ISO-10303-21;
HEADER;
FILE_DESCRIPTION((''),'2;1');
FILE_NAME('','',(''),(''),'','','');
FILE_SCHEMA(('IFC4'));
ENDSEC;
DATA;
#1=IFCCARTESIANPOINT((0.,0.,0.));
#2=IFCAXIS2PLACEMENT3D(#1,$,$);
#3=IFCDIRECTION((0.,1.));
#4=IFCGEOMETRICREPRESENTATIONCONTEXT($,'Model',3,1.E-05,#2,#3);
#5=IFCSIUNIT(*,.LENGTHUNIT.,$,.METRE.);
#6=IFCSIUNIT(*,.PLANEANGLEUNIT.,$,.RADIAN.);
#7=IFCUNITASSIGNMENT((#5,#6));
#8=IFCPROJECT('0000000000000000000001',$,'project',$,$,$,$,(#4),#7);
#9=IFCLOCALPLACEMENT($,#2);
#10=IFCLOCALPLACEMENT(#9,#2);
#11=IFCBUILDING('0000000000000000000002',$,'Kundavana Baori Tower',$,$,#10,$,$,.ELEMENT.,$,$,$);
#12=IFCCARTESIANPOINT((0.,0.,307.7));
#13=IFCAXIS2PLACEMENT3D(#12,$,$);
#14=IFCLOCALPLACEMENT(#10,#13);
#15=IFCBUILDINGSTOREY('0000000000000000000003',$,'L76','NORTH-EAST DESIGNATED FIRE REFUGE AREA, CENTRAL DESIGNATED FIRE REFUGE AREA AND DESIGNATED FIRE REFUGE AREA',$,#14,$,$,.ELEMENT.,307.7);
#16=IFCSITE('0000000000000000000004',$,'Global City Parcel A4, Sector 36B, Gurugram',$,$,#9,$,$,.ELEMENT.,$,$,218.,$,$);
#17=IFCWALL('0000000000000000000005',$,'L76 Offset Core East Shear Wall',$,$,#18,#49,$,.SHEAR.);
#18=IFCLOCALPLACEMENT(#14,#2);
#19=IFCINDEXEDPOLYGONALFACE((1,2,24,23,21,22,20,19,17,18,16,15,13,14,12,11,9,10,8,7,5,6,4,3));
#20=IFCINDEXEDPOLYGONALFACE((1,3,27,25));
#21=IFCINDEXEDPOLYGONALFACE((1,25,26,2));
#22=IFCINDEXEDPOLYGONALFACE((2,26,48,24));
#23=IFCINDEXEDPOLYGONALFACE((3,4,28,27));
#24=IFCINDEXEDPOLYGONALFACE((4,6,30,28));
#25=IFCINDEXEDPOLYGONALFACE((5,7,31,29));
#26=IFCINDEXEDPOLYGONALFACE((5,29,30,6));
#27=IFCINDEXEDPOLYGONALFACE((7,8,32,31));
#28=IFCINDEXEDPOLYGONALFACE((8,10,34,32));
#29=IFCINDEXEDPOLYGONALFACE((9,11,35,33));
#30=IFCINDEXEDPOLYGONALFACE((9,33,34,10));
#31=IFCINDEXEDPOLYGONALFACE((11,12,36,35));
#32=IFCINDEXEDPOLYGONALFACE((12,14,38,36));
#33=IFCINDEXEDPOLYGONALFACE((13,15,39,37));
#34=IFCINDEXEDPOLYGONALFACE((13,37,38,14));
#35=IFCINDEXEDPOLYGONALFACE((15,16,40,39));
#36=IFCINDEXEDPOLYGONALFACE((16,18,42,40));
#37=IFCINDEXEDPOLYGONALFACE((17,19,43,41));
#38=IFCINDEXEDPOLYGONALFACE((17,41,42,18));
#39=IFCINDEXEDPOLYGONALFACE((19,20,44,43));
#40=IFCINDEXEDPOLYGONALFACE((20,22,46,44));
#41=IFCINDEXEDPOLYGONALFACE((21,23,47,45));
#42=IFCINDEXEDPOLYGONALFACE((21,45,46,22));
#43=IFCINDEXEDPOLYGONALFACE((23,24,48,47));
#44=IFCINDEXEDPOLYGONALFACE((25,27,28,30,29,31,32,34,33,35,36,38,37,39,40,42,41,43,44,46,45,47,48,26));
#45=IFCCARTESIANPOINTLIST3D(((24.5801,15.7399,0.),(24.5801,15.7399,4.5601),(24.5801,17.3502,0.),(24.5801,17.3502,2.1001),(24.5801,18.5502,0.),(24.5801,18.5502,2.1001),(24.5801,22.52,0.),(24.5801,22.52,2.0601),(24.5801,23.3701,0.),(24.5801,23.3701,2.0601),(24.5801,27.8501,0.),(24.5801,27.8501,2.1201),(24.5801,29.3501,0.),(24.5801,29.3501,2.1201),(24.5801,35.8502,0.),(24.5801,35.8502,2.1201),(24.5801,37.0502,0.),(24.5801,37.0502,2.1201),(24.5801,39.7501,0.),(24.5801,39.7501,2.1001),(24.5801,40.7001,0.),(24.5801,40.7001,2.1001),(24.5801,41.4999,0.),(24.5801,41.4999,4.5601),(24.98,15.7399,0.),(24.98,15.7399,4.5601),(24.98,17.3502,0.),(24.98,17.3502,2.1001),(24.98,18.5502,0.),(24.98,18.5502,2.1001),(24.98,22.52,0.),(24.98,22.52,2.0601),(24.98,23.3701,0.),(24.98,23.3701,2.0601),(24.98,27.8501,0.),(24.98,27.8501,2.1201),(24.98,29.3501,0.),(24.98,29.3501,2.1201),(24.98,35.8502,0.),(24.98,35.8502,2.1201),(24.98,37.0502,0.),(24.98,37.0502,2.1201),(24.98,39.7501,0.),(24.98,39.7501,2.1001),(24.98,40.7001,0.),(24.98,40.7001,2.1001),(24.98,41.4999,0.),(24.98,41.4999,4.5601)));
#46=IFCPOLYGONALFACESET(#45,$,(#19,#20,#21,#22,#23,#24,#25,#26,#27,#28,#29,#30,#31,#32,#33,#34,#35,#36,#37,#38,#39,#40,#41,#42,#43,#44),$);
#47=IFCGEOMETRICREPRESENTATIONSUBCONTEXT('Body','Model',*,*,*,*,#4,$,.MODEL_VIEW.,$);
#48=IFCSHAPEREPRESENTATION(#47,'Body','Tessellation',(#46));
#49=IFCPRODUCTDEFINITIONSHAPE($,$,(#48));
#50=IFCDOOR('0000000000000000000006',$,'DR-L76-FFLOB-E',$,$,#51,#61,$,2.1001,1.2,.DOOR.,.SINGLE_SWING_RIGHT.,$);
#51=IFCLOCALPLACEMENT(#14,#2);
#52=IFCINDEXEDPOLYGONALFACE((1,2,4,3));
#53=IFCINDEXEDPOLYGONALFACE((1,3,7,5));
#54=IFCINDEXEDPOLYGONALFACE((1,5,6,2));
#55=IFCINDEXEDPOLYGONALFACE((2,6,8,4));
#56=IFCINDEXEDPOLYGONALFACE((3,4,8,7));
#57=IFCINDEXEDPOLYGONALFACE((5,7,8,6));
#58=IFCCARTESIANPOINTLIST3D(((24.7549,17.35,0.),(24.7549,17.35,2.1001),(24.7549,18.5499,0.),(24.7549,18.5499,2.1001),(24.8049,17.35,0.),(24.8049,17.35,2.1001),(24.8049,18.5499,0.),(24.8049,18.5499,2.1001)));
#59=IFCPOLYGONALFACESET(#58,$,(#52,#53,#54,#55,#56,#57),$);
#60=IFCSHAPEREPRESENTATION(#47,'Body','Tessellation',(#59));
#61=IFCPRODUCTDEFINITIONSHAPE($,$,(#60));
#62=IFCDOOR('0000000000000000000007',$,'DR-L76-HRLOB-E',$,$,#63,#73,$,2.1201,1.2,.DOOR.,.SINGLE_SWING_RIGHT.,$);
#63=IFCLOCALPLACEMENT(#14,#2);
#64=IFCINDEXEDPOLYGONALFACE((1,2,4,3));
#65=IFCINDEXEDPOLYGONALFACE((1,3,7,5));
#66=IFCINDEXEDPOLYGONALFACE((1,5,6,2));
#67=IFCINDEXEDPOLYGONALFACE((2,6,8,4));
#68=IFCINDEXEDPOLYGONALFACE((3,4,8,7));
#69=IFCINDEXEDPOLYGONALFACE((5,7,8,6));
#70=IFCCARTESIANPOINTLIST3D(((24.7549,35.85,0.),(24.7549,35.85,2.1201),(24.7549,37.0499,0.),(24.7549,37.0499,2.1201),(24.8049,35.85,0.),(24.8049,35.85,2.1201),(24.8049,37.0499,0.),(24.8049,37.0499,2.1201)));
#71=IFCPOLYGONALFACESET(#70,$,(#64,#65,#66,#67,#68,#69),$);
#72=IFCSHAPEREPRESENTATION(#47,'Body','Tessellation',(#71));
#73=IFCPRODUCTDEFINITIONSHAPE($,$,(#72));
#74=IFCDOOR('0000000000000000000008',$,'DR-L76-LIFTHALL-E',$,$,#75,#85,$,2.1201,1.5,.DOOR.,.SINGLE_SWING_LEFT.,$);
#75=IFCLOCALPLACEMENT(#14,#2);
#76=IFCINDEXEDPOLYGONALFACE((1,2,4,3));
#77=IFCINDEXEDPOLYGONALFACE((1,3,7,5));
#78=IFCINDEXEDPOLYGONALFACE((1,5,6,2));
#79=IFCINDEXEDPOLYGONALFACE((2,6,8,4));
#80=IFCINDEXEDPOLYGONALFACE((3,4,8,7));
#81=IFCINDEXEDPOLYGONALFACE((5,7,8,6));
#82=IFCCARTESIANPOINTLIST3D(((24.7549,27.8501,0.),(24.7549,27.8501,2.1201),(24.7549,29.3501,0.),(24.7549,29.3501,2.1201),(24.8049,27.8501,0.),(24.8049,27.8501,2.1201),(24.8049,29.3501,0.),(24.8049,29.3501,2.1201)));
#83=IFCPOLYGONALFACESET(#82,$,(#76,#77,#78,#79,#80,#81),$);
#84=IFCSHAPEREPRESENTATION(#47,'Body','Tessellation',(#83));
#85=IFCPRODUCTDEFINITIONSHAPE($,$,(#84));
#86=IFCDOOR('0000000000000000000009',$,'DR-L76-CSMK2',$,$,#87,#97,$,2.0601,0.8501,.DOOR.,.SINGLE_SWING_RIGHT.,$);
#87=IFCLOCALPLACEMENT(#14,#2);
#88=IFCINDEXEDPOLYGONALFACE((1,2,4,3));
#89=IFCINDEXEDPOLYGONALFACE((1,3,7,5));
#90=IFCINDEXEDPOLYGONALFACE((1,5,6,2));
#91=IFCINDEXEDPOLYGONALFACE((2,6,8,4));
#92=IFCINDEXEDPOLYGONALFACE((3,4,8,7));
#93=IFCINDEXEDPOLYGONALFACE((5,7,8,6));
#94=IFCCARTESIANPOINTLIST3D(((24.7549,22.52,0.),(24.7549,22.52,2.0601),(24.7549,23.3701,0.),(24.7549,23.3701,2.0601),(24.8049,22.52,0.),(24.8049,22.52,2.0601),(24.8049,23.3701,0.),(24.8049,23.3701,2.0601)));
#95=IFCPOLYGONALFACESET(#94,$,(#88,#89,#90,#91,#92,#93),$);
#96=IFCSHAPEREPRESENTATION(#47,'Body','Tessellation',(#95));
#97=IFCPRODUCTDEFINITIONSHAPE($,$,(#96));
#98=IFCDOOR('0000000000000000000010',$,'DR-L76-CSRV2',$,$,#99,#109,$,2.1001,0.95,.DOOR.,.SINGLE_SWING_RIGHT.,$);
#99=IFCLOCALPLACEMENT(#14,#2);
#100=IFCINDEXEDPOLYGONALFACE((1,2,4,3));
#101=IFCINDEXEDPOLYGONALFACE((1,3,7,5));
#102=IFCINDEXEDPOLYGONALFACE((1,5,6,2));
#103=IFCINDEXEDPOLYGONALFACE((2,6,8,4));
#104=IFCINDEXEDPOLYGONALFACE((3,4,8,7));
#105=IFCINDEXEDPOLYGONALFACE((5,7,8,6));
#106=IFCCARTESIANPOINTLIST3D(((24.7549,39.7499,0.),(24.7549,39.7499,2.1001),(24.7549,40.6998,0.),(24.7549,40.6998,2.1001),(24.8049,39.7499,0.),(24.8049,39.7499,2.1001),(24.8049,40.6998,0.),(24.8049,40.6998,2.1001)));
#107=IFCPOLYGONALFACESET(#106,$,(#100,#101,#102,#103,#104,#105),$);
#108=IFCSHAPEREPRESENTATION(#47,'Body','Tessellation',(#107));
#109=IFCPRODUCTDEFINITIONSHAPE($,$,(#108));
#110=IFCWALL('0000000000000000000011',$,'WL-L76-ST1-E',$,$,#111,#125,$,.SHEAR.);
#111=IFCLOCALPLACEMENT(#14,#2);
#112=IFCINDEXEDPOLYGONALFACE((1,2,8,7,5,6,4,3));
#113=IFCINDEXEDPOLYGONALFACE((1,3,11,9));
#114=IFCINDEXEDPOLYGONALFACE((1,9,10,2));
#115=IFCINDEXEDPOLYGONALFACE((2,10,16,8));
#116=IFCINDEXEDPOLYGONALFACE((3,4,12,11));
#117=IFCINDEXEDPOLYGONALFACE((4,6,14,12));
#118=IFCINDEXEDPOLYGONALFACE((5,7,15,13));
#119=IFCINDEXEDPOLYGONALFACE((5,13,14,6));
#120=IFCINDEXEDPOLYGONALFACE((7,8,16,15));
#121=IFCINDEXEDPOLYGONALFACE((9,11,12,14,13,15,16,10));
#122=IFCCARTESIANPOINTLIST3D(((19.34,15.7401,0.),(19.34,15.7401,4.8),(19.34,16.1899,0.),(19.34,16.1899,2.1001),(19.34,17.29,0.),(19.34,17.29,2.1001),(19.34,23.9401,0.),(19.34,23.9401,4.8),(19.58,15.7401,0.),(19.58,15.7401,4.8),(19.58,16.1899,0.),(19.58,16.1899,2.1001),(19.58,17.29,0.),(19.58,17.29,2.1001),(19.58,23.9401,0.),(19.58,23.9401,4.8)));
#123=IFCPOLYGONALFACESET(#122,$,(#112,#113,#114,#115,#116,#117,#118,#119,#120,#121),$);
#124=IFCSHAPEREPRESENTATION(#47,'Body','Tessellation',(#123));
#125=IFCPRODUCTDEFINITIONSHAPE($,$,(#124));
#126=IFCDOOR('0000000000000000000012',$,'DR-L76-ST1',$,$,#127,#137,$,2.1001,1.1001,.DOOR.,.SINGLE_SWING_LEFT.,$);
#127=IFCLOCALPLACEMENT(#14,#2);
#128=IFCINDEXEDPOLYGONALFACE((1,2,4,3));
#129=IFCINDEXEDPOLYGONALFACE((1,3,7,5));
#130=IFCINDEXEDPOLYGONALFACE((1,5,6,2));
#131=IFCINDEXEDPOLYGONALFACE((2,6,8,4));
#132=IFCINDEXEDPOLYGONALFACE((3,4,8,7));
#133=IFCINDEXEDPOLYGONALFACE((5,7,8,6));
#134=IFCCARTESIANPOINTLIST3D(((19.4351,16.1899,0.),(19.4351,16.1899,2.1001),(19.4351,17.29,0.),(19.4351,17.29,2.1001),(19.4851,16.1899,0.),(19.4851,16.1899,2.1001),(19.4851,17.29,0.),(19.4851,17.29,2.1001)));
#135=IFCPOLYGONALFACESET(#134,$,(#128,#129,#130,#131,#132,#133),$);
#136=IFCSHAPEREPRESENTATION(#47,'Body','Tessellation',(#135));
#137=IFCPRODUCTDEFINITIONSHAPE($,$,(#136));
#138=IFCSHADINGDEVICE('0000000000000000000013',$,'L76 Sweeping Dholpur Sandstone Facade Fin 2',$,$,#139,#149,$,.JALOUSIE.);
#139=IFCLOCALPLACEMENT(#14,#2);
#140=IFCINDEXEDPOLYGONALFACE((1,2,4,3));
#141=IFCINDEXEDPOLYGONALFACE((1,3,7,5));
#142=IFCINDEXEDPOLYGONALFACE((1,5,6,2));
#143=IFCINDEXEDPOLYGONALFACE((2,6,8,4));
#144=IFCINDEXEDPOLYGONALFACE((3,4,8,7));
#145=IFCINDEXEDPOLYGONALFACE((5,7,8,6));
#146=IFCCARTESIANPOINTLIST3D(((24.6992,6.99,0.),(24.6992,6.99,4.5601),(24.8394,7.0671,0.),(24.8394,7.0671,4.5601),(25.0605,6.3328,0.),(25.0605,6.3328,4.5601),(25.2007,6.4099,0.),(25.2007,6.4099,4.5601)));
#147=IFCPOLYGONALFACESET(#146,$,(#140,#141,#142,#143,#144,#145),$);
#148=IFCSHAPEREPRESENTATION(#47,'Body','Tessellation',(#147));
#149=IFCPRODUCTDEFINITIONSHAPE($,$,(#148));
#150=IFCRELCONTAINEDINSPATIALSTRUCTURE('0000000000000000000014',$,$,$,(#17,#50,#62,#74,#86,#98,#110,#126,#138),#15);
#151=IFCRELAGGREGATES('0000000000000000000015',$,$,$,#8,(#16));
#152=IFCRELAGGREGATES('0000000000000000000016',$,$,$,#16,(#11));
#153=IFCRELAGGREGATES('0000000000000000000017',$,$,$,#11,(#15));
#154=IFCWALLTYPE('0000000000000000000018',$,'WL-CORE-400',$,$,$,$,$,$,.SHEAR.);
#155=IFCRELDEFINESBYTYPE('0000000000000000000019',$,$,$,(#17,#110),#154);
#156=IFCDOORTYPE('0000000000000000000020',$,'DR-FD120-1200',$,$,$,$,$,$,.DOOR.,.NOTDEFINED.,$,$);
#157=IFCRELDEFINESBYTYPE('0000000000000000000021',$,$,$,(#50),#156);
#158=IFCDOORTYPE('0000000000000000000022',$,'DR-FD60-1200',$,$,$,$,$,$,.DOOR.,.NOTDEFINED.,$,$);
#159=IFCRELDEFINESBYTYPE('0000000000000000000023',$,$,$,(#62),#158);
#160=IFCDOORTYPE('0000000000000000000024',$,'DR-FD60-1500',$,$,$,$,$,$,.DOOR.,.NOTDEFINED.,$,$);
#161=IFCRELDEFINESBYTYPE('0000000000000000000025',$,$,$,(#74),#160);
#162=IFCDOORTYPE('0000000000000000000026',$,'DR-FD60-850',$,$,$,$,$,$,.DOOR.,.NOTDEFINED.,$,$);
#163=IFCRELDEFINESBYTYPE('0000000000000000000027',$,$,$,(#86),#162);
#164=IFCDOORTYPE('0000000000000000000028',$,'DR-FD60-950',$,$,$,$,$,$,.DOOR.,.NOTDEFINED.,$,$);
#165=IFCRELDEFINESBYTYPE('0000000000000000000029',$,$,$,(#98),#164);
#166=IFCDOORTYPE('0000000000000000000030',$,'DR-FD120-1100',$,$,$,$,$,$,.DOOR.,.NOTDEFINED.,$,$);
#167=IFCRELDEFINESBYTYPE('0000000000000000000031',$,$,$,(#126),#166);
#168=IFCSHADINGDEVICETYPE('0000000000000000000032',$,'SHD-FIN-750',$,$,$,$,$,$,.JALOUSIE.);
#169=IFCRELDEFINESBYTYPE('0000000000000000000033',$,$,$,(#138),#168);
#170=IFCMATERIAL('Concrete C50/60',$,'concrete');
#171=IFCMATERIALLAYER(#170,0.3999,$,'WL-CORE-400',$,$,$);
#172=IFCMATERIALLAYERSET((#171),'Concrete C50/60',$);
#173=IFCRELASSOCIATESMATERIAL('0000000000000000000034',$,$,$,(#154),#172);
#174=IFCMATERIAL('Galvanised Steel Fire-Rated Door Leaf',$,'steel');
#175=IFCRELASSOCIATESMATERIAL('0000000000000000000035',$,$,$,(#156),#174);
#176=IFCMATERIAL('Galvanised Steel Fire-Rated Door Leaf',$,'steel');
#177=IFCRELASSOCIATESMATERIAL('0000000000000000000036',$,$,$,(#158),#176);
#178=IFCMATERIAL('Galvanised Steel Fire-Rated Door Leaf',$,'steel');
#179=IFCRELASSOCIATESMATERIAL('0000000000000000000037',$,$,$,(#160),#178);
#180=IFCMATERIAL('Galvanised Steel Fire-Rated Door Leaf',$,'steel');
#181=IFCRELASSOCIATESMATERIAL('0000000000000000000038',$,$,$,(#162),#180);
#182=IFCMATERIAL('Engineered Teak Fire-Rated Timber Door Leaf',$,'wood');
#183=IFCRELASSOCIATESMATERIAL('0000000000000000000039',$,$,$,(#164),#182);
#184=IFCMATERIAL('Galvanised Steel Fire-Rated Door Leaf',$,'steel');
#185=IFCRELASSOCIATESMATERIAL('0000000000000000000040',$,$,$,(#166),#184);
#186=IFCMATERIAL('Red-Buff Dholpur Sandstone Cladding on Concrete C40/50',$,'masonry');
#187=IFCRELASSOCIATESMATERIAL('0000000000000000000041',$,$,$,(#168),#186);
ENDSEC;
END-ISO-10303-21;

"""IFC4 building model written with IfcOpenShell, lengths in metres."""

from ifc_helpers import new_model, si_unit, direction, frame, frame_2d, origin, origin_2d, place, context, subcontext, project, spatial, rectangle, extrude, material, layer, layer_set, type_object, element, fill, save


model = new_model("IFC4")

# Units and contexts
model_context = context("Model", 3, precision=1e-05, world=origin(), true_north=direction((0.0, 1.0)))
body_context = subcontext(model_context, "Body", "Model", "MODEL_VIEW")
ifc_project = project(units=[si_unit("LENGTHUNIT", "METRE"), si_unit("PLANEANGLEUNIT", "RADIAN")], contexts=[model_context])

# Site, building, storey
site_placement = place(None, origin())
site = spatial("IfcSite", under=ifc_project, at=site_placement, Name="Global City Parcel A4, Sector 36B, Gurugram", CompositionType="ELEMENT", RefElevation=218.0)
building_placement = place(site_placement, origin())
building = spatial("IfcBuilding", under=site, at=building_placement, Name="Kundavana Baori Tower", CompositionType="ELEMENT")
storey_placement = place(building_placement, frame((0.0, 0.0, 307.7)))
storey = spatial("IfcBuildingStorey", under=building, at=storey_placement, Name="L76", Description="NORTH-EAST DESIGNATED FIRE REFUGE AREA, CENTRAL DESIGNATED FIRE REFUGE AREA AND DESIGNATED FIRE REFUGE AREA", CompositionType="ELEMENT", Elevation=307.7)

# Shared definitions
ifc_material_1 = material(Name="Concrete C50/60", Category="concrete")
ifc_layer_1 = layer(ifc_material_1, 0.3999, Name="WL-CORE-400")
ifc_layer_set_1 = layer_set([ifc_layer_1], Name="Concrete C50/60")
wall_type = type_object("IfcWallType", Name="WL-CORE-400", PredefinedType="SHEAR", material=ifc_layer_set_1)

# Wall, openings, doors
wall_1_placement = place(storey_placement, frame((24.78, 15.74, 0.0), z_axis=(0.0, 0.0, 1.0), x_axis=(0.0, 1.0, 0.0)))
wall_1 = element("IfcWall", 1, at=wall_1_placement, inside=storey, type_object=wall_type, Name="L76 Offset Core East Shear Wall", PredefinedType="SHEAR", context=body_context, shape_type="SweptSolid", body=[
    extrude(rectangle(XDim=25.76, YDim=0.3999, at=frame_2d((12.8799, 0.0))), origin(), (0.0, 0.0, 1.0), 4.5601),
])
opening_1_placement = place(wall_1_placement, frame((1.6101, 0.0, 0.0)))
opening_1 = element("IfcOpeningElement", 2, at=opening_1_placement, cuts=wall_1, PredefinedType="OPENING", context=body_context, shape_type="SweptSolid", body=[
    extrude(rectangle(XDim=1.2, YDim=2.1001, at=frame_2d((0.6001, 1.05))), frame((0.0, 0.21, 0.0), z_axis=(0.0, -1.0, 0.0), x_axis=(1.0, 0.0, 0.0)), (0.0, 0.0, 1.0), 0.4199),
])
opening_2_placement = place(wall_1_placement, frame((6.78, 0.0, 0.0)))
opening_2 = element("IfcOpeningElement", 3, at=opening_2_placement, cuts=wall_1, PredefinedType="OPENING", context=body_context, shape_type="SweptSolid", body=[
    extrude(rectangle(XDim=0.8501, YDim=2.0601, at=frame_2d((0.425, 1.03))), frame((0.0, 0.21, 0.0), z_axis=(0.0, -1.0, 0.0), x_axis=(1.0, 0.0, 0.0)), (0.0, 0.0, 1.0), 0.4199),
])
opening_3_placement = place(wall_1_placement, frame((12.1101, 0.0, 0.0)))
opening_3 = element("IfcOpeningElement", 4, at=opening_3_placement, cuts=wall_1, PredefinedType="OPENING", context=body_context, shape_type="SweptSolid", body=[
    extrude(rectangle(XDim=1.5, YDim=2.1201, at=frame_2d((0.75, 1.0601))), frame((0.0, 0.21, 0.0), z_axis=(0.0, -1.0, 0.0), x_axis=(1.0, 0.0, 0.0)), (0.0, 0.0, 1.0), 0.4199),
])
opening_4_placement = place(wall_1_placement, frame((20.1101, 0.0, 0.0)))
opening_4 = element("IfcOpeningElement", 5, at=opening_4_placement, cuts=wall_1, PredefinedType="OPENING", context=body_context, shape_type="SweptSolid", body=[
    extrude(rectangle(XDim=1.2, YDim=2.1201, at=frame_2d((0.6001, 1.0601))), frame((0.0, 0.21, 0.0), z_axis=(0.0, -1.0, 0.0), x_axis=(1.0, 0.0, 0.0)), (0.0, 0.0, 1.0), 0.4199),
])
opening_5_placement = place(wall_1_placement, frame((24.01, 0.0, 0.0)))
opening_5 = element("IfcOpeningElement", 6, at=opening_5_placement, cuts=wall_1, PredefinedType="OPENING", context=body_context, shape_type="SweptSolid", body=[
    extrude(rectangle(XDim=0.95, YDim=2.1001, at=frame_2d((0.4751, 1.05))), frame((0.0, 0.21, 0.0), z_axis=(0.0, -1.0, 0.0), x_axis=(1.0, 0.0, 0.0)), (0.0, 0.0, 1.0), 0.4199),
])
ifc_material_2 = material(Name="Galvanised Steel Fire-Rated Door Leaf", Category="steel")
door_type_1 = type_object("IfcDoorType", Name="DR-FD120-1200", OperationType="NOTDEFINED", PredefinedType="DOOR", material=ifc_material_2)
door_1_placement = place(opening_1_placement, frame((1.2, 0.0, 0.0), z_axis=(0.0, 0.0, 1.0), x_axis=(-1.0, 0.0, 0.0)))
door_1 = element("IfcDoor", 7, at=door_1_placement, inside=storey, type_object=door_type_1, Name="DR-L76-FFLOB-E", OperationType="SINGLE_SWING_RIGHT", OverallHeight=2.1001, OverallWidth=1.2, PredefinedType="DOOR", context=body_context, shape_type="SweptSolid", body=[
    extrude(rectangle(XDim=1.2, YDim=2.1001, at=frame_2d((0.6001, 1.05))), frame((0.0, 0.0249, 0.0), z_axis=(0.0, -1.0, 0.0), x_axis=(1.0, 0.0, 0.0)), (0.0, 0.0, 1.0), 0.05),
])
fill(opening_1, door_1)
ifc_material_3 = material(Name="Galvanised Steel Fire-Rated Door Leaf", Category="steel")
door_type_2 = type_object("IfcDoorType", Name="DR-FD60-1200", OperationType="NOTDEFINED", PredefinedType="DOOR", material=ifc_material_3)
door_2_placement = place(opening_4_placement, frame((1.2, 0.0, 0.0), z_axis=(0.0, 0.0, 1.0), x_axis=(-1.0, 0.0, 0.0)))
door_2 = element("IfcDoor", 8, at=door_2_placement, inside=storey, type_object=door_type_2, Name="DR-L76-HRLOB-E", OperationType="SINGLE_SWING_RIGHT", OverallHeight=2.1201, OverallWidth=1.2, PredefinedType="DOOR", context=body_context, shape_type="SweptSolid", body=[
    extrude(rectangle(XDim=1.2, YDim=2.1201, at=frame_2d((0.6001, 1.0601))), frame((0.0, 0.0249, 0.0), z_axis=(0.0, -1.0, 0.0), x_axis=(1.0, 0.0, 0.0)), (0.0, 0.0, 1.0), 0.05),
])
fill(opening_4, door_2)
ifc_material_4 = material(Name="Galvanised Steel Fire-Rated Door Leaf", Category="steel")
door_type_3 = type_object("IfcDoorType", Name="DR-FD60-1500", OperationType="NOTDEFINED", PredefinedType="DOOR", material=ifc_material_4)
door_3_placement = place(opening_3_placement, frame((1.5, 0.0, 0.0), z_axis=(0.0, 0.0, 1.0), x_axis=(-1.0, 0.0, 0.0)))
door_3 = element("IfcDoor", 9, at=door_3_placement, inside=storey, type_object=door_type_3, Name="DR-L76-LIFTHALL-E", OperationType="SINGLE_SWING_LEFT", OverallHeight=2.1201, OverallWidth=1.5, PredefinedType="DOOR", context=body_context, shape_type="SweptSolid", body=[
    extrude(rectangle(XDim=1.5, YDim=2.1201, at=frame_2d((0.75, 1.0601))), frame((0.0, 0.0249, 0.0), z_axis=(0.0, -1.0, 0.0), x_axis=(1.0, 0.0, 0.0)), (0.0, 0.0, 1.0), 0.05),
])
fill(opening_3, door_3)
ifc_material_5 = material(Name="Galvanised Steel Fire-Rated Door Leaf", Category="steel")
door_type_4 = type_object("IfcDoorType", Name="DR-FD60-850", OperationType="NOTDEFINED", PredefinedType="DOOR", material=ifc_material_5)
door_4_placement = place(opening_2_placement, frame((0.8501, 0.0, 0.0), z_axis=(0.0, 0.0, 1.0), x_axis=(-1.0, 0.0, 0.0)))
door_4 = element("IfcDoor", 10, at=door_4_placement, inside=storey, type_object=door_type_4, Name="DR-L76-CSMK2", OperationType="SINGLE_SWING_RIGHT", OverallHeight=2.0601, OverallWidth=0.8501, PredefinedType="DOOR", context=body_context, shape_type="SweptSolid", body=[
    extrude(rectangle(XDim=0.8501, YDim=2.0601, at=frame_2d((0.425, 1.03))), frame((0.0, 0.0249, 0.0), z_axis=(0.0, -1.0, 0.0), x_axis=(1.0, 0.0, 0.0)), (0.0, 0.0, 1.0), 0.05),
])
fill(opening_2, door_4)
ifc_material_6 = material(Name="Engineered Teak Fire-Rated Timber Door Leaf", Category="wood")
door_type_5 = type_object("IfcDoorType", Name="DR-FD60-950", OperationType="NOTDEFINED", PredefinedType="DOOR", material=ifc_material_6)
door_5_placement = place(opening_5_placement, frame((0.95, 0.0, 0.0), z_axis=(0.0, 0.0, 1.0), x_axis=(-1.0, 0.0, 0.0)))
door_5 = element("IfcDoor", 11, at=door_5_placement, inside=storey, type_object=door_type_5, Name="DR-L76-CSRV2", OperationType="SINGLE_SWING_RIGHT", OverallHeight=2.1001, OverallWidth=0.95, PredefinedType="DOOR", context=body_context, shape_type="SweptSolid", body=[
    extrude(rectangle(XDim=0.95, YDim=2.1001, at=frame_2d((0.4751, 1.05))), frame((0.0, 0.0249, 0.0), z_axis=(0.0, -1.0, 0.0), x_axis=(1.0, 0.0, 0.0)), (0.0, 0.0, 1.0), 0.05),
])
fill(opening_5, door_5)

# Wall, opening, door
wall_2_placement = place(storey_placement, frame((19.46, 15.74, 0.0), z_axis=(0.0, 0.0, 1.0), x_axis=(0.0, 1.0, 0.0)))
wall_2 = element("IfcWall", 12, at=wall_2_placement, inside=storey, type_object=wall_type, Name="WL-L76-ST1-E", PredefinedType="SHEAR", context=body_context, shape_type="SweptSolid", body=[
    extrude(rectangle(XDim=8.2, YDim=0.24, at=frame_2d((4.1001, 0.0))), origin(), (0.0, 0.0, 1.0), 4.8),
])
opening_6_placement = place(wall_2_placement, frame((0.45, 0.0, 0.0)))
opening_6 = element("IfcOpeningElement", 13, at=opening_6_placement, cuts=wall_2, PredefinedType="OPENING", context=body_context, shape_type="SweptSolid", body=[
    extrude(rectangle(XDim=1.1001, YDim=2.1001, at=frame_2d((0.55, 1.05))), frame((0.0, 0.1299, 0.0), z_axis=(0.0, -1.0, 0.0), x_axis=(1.0, 0.0, 0.0)), (0.0, 0.0, 1.0), 0.26),
])
ifc_material_7 = material(Name="Galvanised Steel Fire-Rated Door Leaf", Category="steel")
door_type_6 = type_object("IfcDoorType", Name="DR-FD120-1100", OperationType="NOTDEFINED", PredefinedType="DOOR", material=ifc_material_7)
door_6_placement = place(opening_6_placement, origin())
door_6 = element("IfcDoor", 14, at=door_6_placement, inside=storey, type_object=door_type_6, Name="DR-L76-ST1", OperationType="SINGLE_SWING_LEFT", OverallHeight=2.1001, OverallWidth=1.1001, PredefinedType="DOOR", context=body_context, shape_type="SweptSolid", body=[
    extrude(rectangle(XDim=1.1001, YDim=2.1001, at=frame_2d((0.55, 1.05))), frame((0.0, 0.0249, 0.0), z_axis=(0.0, -1.0, 0.0), x_axis=(1.0, 0.0, 0.0)), (0.0, 0.0, 1.0), 0.05),
])
fill(opening_6, door_6)

# Shading device
ifc_material_8 = material(Name="Red-Buff Dholpur Sandstone Cladding on Concrete C40/50", Category="masonry")
shading_device_type = type_object("IfcShadingDeviceType", Name="SHD-FIN-750", PredefinedType="JALOUSIE", material=ifc_material_8)
shading_device_placement = place(storey_placement, frame((24.95, 6.7, 0.0), z_axis=(0.0, 0.0, 1.0), x_axis=(0.876307, 0.481754, 0.0)))
element("IfcShadingDevice", 15, at=shading_device_placement, inside=storey, type_object=shading_device_type, Name="L76 Sweeping Dholpur Sandstone Facade Fin 2", PredefinedType="JALOUSIE", context=body_context, shape_type="SweptSolid", body=[
    extrude(rectangle(XDim=0.1599, YDim=0.75, at=origin_2d()), origin(), (0.0, 0.0, 1.0), 4.5601),
])

save(model, "model.ifc")
